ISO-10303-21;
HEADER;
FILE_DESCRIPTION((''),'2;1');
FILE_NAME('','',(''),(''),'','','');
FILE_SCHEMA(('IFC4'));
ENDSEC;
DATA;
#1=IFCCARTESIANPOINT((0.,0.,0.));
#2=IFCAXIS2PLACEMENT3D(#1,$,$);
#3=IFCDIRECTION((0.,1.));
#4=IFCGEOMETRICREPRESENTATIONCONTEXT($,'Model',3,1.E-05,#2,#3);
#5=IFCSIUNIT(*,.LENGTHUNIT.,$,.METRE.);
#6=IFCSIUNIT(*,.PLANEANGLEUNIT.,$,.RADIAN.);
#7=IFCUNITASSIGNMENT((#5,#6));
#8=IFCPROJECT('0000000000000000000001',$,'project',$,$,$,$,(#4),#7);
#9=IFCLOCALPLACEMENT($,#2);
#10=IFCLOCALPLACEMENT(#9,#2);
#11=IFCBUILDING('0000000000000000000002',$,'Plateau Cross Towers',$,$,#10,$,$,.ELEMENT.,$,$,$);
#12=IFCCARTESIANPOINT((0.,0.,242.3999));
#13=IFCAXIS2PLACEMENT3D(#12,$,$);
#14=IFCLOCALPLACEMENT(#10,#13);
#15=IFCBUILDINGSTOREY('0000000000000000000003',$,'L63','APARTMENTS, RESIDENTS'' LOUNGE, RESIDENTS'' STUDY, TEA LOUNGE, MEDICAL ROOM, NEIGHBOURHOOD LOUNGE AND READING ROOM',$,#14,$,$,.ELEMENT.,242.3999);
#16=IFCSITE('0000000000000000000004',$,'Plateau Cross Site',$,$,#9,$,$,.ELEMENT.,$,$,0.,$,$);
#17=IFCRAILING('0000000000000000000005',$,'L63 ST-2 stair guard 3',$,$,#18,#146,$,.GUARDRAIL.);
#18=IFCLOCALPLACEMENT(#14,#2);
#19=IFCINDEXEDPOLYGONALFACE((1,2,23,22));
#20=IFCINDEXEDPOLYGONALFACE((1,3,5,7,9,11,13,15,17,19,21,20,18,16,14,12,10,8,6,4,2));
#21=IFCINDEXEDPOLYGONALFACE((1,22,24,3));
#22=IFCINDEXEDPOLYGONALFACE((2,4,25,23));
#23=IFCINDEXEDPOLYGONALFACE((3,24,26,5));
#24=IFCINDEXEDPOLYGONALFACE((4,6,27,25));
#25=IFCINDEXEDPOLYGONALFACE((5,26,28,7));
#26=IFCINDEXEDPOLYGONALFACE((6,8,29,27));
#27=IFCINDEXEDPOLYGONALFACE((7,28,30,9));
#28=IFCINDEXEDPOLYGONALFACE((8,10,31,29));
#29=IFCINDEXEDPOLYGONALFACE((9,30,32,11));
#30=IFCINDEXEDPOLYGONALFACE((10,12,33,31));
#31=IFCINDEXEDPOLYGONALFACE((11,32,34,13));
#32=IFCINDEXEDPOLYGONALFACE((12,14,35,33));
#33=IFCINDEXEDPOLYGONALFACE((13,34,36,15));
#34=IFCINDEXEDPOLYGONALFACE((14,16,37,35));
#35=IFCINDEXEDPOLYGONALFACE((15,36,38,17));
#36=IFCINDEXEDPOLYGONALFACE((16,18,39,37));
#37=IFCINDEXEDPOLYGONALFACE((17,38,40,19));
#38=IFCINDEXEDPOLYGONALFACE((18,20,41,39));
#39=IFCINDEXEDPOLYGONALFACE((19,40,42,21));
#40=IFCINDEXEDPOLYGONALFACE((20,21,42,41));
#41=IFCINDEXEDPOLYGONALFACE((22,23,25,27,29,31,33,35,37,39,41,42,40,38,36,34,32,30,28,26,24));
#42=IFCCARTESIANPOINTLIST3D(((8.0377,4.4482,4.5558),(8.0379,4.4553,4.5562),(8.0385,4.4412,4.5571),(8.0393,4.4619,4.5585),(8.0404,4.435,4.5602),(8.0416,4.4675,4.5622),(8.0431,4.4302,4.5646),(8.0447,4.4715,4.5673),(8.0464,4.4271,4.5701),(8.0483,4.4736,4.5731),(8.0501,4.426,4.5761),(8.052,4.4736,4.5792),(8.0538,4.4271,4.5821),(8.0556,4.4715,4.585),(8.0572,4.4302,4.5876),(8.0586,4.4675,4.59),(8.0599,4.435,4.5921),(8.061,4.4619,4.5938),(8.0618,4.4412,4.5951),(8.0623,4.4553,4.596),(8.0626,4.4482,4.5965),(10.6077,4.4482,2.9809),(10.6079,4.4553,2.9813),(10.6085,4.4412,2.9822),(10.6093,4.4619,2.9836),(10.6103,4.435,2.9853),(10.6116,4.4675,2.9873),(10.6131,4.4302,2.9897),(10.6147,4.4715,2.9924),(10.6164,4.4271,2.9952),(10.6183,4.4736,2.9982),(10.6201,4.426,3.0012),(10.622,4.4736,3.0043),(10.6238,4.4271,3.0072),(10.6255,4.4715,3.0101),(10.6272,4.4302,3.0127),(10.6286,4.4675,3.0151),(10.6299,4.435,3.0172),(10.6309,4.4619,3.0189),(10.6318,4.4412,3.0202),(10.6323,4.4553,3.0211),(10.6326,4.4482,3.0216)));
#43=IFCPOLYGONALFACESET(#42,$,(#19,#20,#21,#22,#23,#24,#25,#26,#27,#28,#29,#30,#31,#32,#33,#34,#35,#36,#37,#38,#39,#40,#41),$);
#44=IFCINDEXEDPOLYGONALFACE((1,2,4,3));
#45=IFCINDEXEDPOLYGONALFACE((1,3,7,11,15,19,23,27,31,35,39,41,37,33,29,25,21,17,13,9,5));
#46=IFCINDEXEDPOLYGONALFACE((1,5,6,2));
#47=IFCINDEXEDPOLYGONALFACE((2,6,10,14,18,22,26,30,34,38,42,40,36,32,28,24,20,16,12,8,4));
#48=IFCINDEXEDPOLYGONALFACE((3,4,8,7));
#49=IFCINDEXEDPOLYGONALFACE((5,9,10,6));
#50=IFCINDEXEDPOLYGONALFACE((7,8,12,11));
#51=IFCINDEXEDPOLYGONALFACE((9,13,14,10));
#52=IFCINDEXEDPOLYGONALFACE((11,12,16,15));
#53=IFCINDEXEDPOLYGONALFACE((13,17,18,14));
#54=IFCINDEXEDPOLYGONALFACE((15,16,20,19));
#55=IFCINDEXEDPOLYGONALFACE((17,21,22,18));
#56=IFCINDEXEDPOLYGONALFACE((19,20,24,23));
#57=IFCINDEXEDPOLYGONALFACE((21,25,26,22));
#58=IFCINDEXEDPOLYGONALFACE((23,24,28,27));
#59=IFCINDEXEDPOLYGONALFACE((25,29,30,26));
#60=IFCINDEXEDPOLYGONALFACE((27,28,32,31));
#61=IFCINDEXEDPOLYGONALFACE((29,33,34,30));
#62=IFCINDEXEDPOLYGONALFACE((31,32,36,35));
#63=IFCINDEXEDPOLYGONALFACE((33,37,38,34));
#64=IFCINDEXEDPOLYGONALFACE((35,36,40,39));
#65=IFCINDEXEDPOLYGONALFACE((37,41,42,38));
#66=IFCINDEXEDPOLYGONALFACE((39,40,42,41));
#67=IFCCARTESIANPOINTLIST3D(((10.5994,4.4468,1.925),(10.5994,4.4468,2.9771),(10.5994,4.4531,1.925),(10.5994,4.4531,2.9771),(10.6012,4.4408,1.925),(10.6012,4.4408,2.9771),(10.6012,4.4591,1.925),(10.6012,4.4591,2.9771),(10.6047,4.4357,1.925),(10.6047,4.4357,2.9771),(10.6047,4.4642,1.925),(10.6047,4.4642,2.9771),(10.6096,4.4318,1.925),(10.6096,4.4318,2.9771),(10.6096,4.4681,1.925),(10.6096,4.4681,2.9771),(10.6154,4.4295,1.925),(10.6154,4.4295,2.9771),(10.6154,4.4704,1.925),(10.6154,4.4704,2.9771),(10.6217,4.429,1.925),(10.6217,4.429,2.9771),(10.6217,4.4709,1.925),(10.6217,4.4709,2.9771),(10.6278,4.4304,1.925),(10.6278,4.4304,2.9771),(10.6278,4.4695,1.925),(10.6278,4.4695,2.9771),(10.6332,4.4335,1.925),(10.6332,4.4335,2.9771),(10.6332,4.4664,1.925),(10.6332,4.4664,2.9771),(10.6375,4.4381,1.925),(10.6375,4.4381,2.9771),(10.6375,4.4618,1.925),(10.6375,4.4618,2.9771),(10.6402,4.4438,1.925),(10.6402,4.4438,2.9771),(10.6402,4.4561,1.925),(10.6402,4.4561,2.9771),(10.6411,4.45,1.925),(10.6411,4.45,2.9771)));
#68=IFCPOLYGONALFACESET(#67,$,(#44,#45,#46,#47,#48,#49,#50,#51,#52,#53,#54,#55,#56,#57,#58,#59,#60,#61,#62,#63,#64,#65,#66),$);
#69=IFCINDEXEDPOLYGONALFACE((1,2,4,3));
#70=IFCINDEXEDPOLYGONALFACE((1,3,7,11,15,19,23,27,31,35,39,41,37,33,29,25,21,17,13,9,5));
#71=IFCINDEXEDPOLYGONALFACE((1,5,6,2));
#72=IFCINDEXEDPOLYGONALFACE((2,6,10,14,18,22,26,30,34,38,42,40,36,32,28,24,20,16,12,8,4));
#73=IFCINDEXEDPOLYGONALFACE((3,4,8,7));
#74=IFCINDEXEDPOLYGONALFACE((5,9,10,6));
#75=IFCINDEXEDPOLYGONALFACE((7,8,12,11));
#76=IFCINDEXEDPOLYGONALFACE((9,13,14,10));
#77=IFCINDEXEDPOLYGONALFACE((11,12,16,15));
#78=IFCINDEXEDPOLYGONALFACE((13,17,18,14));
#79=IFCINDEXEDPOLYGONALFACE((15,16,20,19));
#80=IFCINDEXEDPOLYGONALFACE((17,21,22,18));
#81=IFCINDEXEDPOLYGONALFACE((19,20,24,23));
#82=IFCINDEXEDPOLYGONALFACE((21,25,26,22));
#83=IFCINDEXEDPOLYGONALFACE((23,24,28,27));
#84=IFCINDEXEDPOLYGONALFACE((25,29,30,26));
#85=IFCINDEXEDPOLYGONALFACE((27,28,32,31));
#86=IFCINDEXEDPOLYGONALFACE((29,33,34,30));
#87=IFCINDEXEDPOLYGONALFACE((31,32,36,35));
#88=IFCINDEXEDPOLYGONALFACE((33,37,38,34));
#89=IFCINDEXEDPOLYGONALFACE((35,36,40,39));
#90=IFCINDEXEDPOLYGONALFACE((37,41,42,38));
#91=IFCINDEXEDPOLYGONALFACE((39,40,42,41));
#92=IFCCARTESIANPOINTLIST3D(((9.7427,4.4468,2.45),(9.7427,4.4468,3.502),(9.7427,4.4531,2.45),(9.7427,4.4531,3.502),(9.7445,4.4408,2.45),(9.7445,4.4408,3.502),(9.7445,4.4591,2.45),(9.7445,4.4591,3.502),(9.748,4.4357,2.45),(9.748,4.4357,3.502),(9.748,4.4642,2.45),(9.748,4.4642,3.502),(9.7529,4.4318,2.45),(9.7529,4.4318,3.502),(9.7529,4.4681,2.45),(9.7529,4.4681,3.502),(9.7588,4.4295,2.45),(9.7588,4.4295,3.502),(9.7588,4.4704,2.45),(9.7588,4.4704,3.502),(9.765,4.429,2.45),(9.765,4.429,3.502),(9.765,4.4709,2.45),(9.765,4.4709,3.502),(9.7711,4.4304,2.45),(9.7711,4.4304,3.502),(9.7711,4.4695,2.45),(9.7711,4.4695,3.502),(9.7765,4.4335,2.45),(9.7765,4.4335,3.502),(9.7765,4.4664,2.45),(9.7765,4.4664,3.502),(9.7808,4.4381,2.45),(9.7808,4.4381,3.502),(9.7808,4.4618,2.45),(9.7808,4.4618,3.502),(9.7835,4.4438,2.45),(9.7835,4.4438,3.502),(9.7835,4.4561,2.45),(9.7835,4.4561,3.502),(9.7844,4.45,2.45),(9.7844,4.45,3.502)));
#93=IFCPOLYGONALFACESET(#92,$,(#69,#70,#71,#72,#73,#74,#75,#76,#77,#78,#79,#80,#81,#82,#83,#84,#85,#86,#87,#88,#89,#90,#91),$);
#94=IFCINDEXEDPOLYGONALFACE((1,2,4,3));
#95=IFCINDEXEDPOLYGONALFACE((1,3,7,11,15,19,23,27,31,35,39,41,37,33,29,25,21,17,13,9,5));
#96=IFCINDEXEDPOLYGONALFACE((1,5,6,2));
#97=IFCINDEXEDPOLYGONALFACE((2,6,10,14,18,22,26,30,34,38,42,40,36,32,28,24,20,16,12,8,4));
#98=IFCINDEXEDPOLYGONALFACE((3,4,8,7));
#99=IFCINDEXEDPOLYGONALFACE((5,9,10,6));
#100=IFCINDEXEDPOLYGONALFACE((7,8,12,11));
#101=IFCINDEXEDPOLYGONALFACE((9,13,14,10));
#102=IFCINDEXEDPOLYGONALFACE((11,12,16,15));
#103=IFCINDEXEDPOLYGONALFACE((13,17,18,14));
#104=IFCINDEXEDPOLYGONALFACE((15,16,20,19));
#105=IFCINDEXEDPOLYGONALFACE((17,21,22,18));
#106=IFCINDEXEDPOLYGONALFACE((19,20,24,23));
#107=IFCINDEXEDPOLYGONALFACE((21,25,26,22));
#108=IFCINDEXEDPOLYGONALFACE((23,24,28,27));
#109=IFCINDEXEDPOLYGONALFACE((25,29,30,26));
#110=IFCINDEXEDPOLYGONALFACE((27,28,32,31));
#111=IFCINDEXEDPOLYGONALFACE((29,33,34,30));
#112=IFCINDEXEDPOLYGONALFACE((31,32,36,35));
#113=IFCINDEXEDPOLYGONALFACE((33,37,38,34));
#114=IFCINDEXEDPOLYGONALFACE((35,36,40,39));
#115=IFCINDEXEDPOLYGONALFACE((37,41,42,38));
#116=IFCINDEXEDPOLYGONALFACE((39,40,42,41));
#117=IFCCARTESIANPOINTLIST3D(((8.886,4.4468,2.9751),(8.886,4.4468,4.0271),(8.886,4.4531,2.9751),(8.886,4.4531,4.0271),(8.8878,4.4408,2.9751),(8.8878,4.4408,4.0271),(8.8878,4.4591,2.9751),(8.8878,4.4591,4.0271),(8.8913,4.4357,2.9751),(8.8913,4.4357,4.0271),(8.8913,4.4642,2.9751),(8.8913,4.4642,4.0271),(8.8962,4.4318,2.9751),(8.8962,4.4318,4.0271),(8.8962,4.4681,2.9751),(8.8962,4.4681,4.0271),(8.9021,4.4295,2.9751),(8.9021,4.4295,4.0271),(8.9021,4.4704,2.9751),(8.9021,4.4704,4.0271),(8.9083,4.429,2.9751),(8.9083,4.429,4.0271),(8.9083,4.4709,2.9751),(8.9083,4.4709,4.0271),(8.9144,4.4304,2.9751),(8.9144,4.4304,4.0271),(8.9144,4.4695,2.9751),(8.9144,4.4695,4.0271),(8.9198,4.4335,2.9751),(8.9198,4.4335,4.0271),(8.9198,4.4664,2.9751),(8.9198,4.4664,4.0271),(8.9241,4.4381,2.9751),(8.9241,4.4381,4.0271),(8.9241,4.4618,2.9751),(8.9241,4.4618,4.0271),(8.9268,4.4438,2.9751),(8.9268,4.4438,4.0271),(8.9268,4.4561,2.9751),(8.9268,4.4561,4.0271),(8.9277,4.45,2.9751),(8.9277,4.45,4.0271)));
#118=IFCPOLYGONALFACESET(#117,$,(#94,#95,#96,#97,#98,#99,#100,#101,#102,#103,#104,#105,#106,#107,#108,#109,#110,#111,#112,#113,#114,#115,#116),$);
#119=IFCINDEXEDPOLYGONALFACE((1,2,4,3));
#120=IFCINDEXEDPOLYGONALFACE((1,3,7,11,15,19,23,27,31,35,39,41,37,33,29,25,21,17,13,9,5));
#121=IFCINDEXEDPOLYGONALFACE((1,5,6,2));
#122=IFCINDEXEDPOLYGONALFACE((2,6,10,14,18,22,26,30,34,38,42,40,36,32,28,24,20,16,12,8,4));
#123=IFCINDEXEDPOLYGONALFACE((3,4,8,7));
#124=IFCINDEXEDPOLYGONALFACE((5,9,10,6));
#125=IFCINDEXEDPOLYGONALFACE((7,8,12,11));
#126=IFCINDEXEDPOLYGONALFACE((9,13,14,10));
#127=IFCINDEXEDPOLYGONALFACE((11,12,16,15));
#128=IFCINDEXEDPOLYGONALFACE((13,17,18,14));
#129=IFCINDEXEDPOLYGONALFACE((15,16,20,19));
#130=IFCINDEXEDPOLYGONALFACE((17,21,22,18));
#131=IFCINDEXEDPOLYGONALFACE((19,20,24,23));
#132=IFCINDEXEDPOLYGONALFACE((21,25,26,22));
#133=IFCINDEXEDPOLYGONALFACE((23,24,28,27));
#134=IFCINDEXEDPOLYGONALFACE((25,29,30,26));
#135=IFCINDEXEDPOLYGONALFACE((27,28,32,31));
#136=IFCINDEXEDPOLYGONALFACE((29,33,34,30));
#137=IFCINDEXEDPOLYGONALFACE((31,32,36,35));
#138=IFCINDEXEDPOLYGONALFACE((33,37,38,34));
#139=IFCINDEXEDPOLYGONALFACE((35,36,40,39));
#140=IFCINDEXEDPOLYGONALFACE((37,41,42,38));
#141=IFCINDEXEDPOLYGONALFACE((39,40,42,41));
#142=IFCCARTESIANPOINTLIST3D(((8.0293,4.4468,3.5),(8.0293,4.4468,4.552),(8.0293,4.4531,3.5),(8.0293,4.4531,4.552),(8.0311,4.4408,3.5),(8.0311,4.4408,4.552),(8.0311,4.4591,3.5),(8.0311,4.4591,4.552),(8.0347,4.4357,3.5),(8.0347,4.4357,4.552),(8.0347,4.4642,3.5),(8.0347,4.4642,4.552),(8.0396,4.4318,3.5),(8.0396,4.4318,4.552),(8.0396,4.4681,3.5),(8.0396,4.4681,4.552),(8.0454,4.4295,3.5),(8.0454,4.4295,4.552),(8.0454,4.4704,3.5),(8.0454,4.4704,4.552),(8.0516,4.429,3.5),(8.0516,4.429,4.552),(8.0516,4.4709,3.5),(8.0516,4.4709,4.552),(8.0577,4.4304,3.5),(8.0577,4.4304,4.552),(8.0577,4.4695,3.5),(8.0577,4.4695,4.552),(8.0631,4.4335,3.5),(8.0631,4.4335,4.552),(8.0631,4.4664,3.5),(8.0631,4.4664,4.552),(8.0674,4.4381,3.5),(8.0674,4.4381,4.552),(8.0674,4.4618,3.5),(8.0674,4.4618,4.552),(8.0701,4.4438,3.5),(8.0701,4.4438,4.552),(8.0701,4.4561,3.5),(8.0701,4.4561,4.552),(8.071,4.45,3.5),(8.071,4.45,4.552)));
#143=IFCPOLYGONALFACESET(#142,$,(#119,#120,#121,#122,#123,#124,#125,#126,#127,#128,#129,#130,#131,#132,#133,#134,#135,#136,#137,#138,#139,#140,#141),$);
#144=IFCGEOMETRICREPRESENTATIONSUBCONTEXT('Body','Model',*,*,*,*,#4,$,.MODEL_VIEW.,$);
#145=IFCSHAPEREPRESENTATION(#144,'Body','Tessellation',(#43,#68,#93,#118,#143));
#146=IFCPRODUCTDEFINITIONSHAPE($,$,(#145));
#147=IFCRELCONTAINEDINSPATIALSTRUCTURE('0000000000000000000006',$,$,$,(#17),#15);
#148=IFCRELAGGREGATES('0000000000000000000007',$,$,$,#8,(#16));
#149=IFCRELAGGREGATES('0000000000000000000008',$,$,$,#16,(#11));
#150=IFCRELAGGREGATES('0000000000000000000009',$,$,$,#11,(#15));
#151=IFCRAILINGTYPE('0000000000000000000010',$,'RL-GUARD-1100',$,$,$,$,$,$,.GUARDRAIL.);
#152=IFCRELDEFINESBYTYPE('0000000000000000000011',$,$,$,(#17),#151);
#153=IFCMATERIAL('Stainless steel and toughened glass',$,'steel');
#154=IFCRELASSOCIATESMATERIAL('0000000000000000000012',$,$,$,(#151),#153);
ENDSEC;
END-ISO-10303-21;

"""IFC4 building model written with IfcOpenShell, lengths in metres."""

from ifc_helpers import new_model, si_unit, direction, frame, origin, origin_2d, place, context, subcontext, project, spatial, circle, extrude, material, type_object, element, save


model = new_model("IFC4")

# Units and contexts
model_context = context("Model", 3, precision=1e-05, world=origin(), true_north=direction((0.0, 1.0)))
body_context = subcontext(model_context, "Body", "Model", "MODEL_VIEW")
ifc_project = project(units=[si_unit("LENGTHUNIT", "METRE"), si_unit("PLANEANGLEUNIT", "RADIAN")], contexts=[model_context])

# Site, building, storey
site_placement = place(None, origin())
site = spatial("IfcSite", under=ifc_project, at=site_placement, Name="Plateau Cross Site", CompositionType="ELEMENT", RefElevation=0.0)
building_placement = place(site_placement, origin())
building = spatial("IfcBuilding", under=site, at=building_placement, Name="Plateau Cross Towers", CompositionType="ELEMENT")
storey_placement = place(building_placement, frame((0.0, 0.0, 242.3999)))
storey = spatial("IfcBuildingStorey", under=building, at=storey_placement, Name="L63", Description="APARTMENTS, RESIDENTS' LOUNGE, RESIDENTS' STUDY, TEA LOUNGE, MEDICAL ROOM, NEIGHBOURHOOD LOUNGE AND READING ROOM", CompositionType="ELEMENT", Elevation=242.3999)

# Railing
ifc_material_1 = material(Name="Stainless steel and toughened glass", Category="steel")
railing_type_1 = type_object("IfcRailingType", Name="RL-GUARD-1100", PredefinedType="GUARDRAIL", material=ifc_material_1)
railing_1_placement = place(storey_placement, frame((10.6201, 4.45, 1.925)))
element("IfcRailing", 1, at=railing_1_placement, inside=storey, type_object=railing_type_1, Name="L63 ST-2 stair guard 3", PredefinedType="GUARDRAIL", context=body_context, shape_type="SweptSolid", body=[
    extrude(circle(Radius=0.0239, at=origin_2d()), frame((0.0, 0.0, 1.0762), z_axis=(-0.852639, 0.0, 0.522501), x_axis=(0.0, -1.0, 0.0)), (0.0, 0.0, 1.0), 3.0142),
    extrude(circle(Radius=0.021, at=origin_2d()), origin(), (0.0, 0.0, 1.0), 1.052),
    extrude(circle(Radius=0.021, at=origin_2d()), frame((-0.8567, 0.0, 0.5249)), (0.0, 0.0, 1.0), 1.052),
    extrude(circle(Radius=0.021, at=origin_2d()), frame((-1.7134, 0.0, 1.05)), (0.0, 0.0, 1.0), 1.052),
    extrude(circle(Radius=0.021, at=origin_2d()), frame((-2.5701, 0.0, 1.575)), (0.0, 0.0, 1.0), 1.052),
])

save(model, "model.ifc")
